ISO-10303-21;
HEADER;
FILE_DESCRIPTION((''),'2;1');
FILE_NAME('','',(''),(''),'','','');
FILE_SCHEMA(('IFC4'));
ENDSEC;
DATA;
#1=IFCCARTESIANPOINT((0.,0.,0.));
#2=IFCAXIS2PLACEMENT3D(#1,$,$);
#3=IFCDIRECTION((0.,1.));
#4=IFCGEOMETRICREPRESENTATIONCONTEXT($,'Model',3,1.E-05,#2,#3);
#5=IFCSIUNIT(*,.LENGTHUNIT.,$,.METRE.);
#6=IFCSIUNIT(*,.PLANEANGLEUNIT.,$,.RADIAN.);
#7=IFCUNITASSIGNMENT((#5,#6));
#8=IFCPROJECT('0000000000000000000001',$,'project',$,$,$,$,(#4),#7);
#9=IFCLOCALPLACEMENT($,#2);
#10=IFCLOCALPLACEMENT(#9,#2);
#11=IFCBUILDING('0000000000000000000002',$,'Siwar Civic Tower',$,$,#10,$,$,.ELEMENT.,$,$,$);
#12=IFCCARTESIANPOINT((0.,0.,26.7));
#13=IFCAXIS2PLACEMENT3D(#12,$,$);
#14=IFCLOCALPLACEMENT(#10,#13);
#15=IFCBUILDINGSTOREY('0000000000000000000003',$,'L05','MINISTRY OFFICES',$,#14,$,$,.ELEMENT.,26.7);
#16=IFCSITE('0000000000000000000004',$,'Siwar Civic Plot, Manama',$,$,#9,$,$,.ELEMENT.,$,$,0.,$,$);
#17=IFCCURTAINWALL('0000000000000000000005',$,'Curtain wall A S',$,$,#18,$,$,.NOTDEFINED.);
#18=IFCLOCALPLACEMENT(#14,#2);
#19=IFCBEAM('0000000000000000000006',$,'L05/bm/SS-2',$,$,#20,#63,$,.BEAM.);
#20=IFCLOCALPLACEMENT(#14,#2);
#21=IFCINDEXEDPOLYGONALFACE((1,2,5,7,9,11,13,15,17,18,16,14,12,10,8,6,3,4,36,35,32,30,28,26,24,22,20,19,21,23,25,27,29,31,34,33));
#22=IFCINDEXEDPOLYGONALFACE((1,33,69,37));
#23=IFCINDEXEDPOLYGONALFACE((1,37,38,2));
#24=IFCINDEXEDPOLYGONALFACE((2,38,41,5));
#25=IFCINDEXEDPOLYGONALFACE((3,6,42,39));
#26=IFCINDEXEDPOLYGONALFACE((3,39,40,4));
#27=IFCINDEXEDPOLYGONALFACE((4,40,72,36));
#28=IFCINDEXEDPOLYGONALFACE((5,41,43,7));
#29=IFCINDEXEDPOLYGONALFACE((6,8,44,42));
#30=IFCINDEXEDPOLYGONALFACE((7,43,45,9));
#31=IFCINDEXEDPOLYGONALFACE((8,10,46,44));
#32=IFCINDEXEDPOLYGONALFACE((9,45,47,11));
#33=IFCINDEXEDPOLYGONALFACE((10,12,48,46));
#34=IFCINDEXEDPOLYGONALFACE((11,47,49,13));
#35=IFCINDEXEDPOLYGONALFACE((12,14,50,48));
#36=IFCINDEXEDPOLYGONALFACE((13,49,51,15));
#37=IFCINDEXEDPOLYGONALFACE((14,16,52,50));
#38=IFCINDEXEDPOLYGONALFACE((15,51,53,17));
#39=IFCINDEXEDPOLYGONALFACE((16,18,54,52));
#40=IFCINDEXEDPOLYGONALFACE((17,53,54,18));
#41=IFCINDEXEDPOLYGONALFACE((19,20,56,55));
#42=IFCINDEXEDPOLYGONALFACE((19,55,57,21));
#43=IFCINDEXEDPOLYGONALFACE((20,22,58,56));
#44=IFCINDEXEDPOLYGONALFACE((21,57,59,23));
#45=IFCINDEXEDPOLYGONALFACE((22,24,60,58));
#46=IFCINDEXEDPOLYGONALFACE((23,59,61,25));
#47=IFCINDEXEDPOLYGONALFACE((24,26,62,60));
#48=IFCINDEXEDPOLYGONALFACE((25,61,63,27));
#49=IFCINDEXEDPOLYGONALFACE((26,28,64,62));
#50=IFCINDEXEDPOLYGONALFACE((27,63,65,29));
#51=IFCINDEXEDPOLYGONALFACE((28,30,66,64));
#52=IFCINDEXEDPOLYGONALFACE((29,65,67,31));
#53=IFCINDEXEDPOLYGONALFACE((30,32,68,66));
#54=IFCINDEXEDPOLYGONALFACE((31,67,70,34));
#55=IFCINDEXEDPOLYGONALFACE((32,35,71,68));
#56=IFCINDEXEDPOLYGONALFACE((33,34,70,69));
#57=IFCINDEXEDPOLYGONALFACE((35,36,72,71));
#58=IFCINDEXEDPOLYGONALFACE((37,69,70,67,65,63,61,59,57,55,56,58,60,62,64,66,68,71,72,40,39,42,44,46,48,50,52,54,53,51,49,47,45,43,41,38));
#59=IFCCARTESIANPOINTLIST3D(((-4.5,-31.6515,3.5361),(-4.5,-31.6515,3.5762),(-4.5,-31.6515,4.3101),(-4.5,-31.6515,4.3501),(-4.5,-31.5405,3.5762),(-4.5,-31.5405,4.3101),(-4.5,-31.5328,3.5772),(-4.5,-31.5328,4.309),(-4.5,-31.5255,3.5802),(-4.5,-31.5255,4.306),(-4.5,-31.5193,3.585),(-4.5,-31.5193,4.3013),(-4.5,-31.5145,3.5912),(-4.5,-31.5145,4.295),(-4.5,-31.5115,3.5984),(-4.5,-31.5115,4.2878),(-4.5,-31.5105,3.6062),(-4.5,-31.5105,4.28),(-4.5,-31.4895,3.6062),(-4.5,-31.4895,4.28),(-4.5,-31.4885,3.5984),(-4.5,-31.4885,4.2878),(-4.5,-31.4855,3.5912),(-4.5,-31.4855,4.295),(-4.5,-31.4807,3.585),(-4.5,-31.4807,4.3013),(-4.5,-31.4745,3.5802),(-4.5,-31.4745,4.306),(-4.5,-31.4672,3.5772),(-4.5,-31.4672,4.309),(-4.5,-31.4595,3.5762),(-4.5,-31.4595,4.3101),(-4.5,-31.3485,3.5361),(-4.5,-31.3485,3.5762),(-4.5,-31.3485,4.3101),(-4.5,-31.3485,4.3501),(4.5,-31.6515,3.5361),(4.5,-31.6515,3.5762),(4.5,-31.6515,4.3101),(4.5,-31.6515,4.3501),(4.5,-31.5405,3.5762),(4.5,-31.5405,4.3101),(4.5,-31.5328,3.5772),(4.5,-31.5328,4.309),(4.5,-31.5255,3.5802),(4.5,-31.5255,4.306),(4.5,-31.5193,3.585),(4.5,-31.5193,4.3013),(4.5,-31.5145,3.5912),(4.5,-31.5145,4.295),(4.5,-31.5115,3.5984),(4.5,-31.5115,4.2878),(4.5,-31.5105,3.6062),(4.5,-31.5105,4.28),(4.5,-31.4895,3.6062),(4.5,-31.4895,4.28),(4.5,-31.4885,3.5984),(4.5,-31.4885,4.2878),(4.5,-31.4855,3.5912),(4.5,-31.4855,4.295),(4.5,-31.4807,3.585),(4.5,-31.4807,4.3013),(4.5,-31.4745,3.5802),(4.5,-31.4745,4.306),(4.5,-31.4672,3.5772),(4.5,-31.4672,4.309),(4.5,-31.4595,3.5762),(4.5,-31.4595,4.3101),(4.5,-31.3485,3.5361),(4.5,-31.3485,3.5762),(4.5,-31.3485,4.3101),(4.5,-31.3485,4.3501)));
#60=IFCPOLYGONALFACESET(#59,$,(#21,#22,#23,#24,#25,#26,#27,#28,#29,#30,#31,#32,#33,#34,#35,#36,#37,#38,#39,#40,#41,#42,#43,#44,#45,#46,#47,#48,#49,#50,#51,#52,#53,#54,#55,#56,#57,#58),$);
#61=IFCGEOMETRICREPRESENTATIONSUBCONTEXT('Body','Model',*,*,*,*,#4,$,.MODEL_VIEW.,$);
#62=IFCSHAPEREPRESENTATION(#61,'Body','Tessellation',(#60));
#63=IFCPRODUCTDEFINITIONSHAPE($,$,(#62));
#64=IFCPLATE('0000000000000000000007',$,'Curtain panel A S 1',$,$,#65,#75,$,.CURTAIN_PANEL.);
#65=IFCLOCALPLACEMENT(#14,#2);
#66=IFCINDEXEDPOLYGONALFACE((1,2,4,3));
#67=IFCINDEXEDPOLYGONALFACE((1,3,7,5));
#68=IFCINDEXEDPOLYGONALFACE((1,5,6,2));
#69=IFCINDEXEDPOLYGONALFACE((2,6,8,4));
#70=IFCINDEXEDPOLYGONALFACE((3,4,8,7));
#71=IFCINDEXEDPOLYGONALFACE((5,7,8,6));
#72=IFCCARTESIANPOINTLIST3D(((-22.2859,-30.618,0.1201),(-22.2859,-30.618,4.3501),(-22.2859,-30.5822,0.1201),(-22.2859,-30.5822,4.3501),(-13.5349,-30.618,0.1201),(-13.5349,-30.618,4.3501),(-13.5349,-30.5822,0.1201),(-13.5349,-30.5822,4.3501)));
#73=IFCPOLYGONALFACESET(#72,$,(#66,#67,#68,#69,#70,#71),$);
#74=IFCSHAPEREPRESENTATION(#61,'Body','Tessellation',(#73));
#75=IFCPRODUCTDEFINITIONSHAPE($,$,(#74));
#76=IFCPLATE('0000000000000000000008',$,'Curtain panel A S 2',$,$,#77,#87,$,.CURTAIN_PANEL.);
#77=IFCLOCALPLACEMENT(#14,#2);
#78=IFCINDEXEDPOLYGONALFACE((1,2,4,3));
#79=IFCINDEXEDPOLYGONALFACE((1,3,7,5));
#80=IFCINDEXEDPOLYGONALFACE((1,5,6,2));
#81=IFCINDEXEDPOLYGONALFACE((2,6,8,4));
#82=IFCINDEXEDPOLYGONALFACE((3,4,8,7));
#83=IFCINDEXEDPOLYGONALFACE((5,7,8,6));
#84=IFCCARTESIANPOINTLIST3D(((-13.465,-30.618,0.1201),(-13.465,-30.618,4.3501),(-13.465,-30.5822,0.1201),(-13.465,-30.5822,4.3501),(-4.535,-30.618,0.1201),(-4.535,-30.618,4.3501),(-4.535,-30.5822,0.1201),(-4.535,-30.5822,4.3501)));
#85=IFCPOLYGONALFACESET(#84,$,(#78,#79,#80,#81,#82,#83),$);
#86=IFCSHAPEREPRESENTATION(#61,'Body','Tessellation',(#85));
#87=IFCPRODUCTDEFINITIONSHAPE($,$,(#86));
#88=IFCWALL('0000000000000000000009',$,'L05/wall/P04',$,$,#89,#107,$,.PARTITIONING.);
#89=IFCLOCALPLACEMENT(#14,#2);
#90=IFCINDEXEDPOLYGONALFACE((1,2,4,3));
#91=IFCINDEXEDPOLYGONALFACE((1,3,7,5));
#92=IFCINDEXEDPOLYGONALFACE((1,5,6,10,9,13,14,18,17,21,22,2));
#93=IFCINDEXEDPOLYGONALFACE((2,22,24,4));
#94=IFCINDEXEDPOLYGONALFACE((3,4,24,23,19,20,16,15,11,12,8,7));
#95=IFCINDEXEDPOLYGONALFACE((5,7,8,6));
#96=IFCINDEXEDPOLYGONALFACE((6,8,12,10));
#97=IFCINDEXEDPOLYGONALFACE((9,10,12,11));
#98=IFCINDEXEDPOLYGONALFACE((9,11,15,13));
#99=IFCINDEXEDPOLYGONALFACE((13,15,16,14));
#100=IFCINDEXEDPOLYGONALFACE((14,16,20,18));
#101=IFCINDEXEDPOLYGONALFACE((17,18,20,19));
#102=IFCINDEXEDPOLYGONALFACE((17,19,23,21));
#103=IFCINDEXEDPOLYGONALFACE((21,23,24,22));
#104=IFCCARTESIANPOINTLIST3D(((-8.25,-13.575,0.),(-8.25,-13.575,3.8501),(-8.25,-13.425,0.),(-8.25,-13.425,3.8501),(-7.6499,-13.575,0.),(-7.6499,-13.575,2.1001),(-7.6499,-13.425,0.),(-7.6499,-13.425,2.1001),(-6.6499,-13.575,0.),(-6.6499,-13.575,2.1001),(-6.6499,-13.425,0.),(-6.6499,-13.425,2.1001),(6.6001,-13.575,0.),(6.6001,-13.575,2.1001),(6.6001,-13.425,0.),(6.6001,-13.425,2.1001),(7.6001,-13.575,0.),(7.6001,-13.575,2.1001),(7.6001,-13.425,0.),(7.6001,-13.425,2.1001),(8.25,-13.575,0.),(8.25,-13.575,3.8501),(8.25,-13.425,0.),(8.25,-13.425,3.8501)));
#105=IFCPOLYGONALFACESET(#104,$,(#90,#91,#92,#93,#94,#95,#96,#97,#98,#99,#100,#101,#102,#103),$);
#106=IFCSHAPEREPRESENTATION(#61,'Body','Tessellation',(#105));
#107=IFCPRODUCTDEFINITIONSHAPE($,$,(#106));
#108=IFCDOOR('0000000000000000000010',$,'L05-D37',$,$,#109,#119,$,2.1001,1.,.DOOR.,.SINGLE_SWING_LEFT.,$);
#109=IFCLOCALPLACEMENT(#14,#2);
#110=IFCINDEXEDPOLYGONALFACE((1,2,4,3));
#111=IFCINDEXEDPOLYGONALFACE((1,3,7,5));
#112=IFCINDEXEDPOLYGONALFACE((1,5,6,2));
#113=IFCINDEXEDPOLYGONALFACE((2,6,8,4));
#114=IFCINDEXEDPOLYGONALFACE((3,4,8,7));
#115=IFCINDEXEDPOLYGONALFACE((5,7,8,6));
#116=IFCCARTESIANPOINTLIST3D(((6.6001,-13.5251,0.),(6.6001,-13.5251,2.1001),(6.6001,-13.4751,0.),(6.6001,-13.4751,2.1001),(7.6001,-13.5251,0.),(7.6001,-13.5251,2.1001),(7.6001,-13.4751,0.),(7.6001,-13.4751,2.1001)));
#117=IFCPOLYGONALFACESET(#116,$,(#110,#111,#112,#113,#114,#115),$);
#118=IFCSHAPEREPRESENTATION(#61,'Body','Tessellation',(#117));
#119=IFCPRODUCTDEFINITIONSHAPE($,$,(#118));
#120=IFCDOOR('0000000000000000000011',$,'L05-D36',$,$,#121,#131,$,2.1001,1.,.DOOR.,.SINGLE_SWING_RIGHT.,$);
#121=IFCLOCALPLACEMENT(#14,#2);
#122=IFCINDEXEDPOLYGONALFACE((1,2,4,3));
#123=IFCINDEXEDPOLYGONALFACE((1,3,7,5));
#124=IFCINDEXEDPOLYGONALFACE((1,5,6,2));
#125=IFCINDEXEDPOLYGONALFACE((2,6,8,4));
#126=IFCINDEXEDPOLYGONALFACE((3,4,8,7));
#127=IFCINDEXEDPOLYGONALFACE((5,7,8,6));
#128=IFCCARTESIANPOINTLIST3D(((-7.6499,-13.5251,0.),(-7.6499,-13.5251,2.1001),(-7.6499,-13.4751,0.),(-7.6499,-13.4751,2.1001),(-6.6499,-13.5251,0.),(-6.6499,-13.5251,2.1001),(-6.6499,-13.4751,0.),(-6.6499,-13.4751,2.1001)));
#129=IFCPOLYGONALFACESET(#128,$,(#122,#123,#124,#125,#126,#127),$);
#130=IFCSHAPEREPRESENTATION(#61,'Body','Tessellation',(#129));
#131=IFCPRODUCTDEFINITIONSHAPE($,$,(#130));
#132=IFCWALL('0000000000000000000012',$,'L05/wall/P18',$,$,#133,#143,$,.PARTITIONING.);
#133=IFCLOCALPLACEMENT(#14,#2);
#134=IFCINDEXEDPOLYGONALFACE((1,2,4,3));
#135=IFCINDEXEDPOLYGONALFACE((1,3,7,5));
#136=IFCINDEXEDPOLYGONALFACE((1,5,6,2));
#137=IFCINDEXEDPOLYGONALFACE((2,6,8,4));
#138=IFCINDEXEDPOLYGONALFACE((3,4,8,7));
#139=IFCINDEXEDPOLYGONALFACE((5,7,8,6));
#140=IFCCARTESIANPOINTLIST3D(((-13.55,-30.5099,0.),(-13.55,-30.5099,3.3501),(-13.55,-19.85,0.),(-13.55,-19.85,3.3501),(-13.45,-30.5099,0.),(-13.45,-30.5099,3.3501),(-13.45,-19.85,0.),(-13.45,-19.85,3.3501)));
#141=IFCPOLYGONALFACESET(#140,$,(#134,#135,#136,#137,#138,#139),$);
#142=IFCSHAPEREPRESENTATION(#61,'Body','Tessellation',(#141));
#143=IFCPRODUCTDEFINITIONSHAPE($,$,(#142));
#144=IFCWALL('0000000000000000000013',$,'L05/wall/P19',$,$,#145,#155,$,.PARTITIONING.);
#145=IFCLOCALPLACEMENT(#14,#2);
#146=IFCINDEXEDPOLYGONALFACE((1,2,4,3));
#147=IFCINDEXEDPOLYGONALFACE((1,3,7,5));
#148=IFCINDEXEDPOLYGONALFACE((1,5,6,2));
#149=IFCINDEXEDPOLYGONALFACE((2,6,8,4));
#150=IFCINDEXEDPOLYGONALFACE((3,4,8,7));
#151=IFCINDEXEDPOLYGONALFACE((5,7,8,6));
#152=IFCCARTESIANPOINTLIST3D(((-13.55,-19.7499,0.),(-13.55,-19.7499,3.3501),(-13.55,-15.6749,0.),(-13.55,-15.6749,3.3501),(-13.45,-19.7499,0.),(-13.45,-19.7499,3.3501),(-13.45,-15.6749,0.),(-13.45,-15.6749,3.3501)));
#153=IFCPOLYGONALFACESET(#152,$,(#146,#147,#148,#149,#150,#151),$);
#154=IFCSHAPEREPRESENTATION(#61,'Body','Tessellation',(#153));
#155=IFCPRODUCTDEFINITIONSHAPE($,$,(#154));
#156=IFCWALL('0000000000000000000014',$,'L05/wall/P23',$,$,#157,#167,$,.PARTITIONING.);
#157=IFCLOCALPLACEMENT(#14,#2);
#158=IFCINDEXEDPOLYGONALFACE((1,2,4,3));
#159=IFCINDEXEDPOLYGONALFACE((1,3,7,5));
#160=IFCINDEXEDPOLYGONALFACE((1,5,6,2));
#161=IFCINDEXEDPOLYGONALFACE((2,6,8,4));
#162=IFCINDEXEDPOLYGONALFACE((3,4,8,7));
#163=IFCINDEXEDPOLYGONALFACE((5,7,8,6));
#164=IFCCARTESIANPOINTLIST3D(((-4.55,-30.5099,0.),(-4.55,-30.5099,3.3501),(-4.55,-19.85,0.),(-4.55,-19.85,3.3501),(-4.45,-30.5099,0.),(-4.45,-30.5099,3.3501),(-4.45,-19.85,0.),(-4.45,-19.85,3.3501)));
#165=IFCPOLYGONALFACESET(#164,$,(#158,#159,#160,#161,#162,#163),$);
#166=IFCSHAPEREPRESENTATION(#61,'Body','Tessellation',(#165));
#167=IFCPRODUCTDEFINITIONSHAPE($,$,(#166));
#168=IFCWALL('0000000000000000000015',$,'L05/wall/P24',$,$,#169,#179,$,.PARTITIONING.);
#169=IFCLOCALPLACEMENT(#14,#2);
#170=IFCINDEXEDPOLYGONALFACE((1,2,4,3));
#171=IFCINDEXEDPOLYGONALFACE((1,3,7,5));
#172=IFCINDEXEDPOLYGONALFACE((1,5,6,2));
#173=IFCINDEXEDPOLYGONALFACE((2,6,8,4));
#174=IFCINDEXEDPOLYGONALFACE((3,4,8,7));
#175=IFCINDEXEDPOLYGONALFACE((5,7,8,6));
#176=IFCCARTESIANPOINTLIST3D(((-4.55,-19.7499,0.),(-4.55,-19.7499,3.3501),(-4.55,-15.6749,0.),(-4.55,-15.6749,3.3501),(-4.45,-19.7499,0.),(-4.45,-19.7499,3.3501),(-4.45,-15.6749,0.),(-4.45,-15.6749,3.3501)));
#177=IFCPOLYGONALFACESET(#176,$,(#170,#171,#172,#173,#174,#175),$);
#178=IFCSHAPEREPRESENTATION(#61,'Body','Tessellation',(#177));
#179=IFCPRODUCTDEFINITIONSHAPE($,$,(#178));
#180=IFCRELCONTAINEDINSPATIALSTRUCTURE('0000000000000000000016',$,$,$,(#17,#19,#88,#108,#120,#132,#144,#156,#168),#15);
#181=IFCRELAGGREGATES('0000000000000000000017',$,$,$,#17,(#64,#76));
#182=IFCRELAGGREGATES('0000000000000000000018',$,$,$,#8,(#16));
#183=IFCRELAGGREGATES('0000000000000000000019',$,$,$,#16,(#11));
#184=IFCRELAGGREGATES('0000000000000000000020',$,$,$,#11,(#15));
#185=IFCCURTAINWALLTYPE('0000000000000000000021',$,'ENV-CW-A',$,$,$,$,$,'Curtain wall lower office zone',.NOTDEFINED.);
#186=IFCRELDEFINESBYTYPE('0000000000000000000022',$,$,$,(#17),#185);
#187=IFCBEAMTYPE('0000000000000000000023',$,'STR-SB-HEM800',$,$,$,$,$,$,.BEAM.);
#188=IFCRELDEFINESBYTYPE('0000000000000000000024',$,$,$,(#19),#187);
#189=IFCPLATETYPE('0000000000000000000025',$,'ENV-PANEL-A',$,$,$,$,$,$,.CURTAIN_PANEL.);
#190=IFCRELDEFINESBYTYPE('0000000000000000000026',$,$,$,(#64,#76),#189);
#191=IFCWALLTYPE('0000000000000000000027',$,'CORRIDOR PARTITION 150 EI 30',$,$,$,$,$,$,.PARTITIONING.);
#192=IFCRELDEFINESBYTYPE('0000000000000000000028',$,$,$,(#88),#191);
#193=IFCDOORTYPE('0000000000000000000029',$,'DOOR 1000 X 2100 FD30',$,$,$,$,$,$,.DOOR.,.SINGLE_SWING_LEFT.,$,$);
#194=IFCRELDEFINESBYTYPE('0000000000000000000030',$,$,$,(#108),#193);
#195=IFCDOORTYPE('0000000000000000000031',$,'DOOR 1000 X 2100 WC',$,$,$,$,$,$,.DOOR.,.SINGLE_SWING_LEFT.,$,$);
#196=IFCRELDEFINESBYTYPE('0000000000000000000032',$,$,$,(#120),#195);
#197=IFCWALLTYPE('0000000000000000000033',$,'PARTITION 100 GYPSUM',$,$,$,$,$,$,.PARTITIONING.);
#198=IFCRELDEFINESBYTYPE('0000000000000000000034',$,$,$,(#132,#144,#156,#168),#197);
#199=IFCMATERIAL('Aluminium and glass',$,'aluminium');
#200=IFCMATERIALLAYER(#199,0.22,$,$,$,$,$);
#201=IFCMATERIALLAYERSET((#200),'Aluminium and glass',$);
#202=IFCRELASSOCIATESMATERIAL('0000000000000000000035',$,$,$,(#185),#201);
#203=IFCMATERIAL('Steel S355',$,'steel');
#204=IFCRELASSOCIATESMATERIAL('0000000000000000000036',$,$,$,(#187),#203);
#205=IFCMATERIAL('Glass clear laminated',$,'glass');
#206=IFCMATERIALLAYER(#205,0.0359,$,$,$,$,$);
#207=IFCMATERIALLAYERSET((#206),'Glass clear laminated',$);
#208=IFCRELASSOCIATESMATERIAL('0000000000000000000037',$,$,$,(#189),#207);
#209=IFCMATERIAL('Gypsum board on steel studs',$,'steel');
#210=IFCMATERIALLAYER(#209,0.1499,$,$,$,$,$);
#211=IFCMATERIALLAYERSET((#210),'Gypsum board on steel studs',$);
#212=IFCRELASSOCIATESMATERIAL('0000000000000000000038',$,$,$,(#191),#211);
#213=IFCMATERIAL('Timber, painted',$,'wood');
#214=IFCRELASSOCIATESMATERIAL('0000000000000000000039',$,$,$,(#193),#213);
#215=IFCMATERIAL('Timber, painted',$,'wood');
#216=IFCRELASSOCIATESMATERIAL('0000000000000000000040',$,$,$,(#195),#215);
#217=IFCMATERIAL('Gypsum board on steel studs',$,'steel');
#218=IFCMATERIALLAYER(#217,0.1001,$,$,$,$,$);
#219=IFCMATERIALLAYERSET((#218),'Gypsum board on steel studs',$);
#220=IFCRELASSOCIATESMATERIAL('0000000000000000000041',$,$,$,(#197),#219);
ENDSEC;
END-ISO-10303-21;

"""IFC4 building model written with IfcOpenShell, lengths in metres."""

from ifc_helpers import new_model, si_unit, direction, frame, frame_2d, origin, origin_2d, place, context, subcontext, project, spatial, rectangle, i_section, extrude, material, layer, layer_set, material_profile, profile_set, type_object, element, fill, aggregate, save


model = new_model("IFC4")

# Units and contexts
model_context = context("Model", 3, precision=1e-05, world=origin(), true_north=direction((0.0, 1.0)))
body_context = subcontext(model_context, "Body", "Model", "MODEL_VIEW")
ifc_project = project(units=[si_unit("LENGTHUNIT", "METRE"), si_unit("PLANEANGLEUNIT", "RADIAN")], contexts=[model_context])

# Site, building, storey
site_placement = place(None, origin())
site = spatial("IfcSite", under=ifc_project, at=site_placement, Name="Siwar Civic Plot, Manama", CompositionType="ELEMENT", RefElevation=0.0)
building_placement = place(site_placement, origin())
building = spatial("IfcBuilding", under=site, at=building_placement, Name="Siwar Civic Tower", CompositionType="ELEMENT")
storey_placement = place(building_placement, frame((0.0, 0.0, 26.7)))
storey = spatial("IfcBuildingStorey", under=building, at=storey_placement, Name="L05", Description="MINISTRY OFFICES", CompositionType="ELEMENT", Elevation=26.7)

# Curtain wall
ifc_material_1 = material(Name="Aluminium and glass", Category="aluminium")
ifc_layer_1 = layer(ifc_material_1, 0.22)
ifc_layer_set_1 = layer_set([ifc_layer_1], Name="Aluminium and glass")
curtain_wall_type = type_object("IfcCurtainWallType", Name="ENV-CW-A", ElementType="Curtain wall lower office zone", PredefinedType="NOTDEFINED", material=ifc_layer_set_1)
curtain_wall_placement = place(storey_placement, origin())
curtain_wall = element("IfcCurtainWall", 1, at=curtain_wall_placement, inside=storey, type_object=curtain_wall_type, Name="Curtain wall A S", PredefinedType="NOTDEFINED")

# Beam
ifc_material_2 = material(Name="Steel S355", Category="steel")
ifc_material_profile_1 = material_profile(ifc_material_2, i_section(OverallWidth=0.303, OverallDepth=0.814, WebThickness=0.021, FlangeThickness=0.04, FilletRadius=0.03, at=origin_2d()), Name="HEM800")
ifc_profile_set_1 = profile_set([ifc_material_profile_1], Name="Steel S355")
beam_type_1 = type_object("IfcBeamType", Name="STR-SB-HEM800", PredefinedType="BEAM", material=ifc_profile_set_1)
for number, where, z_axis, x_axis, name in (
    (2, (-4.5, -31.5, 3.9431), (1.0, 0.0, 0.0), (0.0, 1.0, 0.0), "L05/bm/SS-2"),
):
    element("IfcBeam", number, at=place(storey_placement, frame(where, z_axis=z_axis, x_axis=x_axis)), inside=storey, type_object=beam_type_1, Name=name, PredefinedType="BEAM", context=body_context, shape_type="SweptSolid", body=[
        extrude(i_section(OverallWidth=0.303, OverallDepth=0.814, WebThickness=0.021, FlangeThickness=0.04, FilletRadius=0.03, at=origin_2d()), origin(), (0.0, 0.0, 1.0), 9.0),
    ])

# Plates
ifc_material_3 = material(Name="Glass clear laminated", Category="glass")
ifc_layer_2 = layer(ifc_material_3, 0.0359)
ifc_layer_set_2 = layer_set([ifc_layer_2], Name="Glass clear laminated")
plate_type = type_object("IfcPlateType", Name="ENV-PANEL-A", PredefinedType="CURTAIN_PANEL", material=ifc_layer_set_2)
plate_1_placement = place(storey_placement, frame((-17.9104, -30.6001, 0.1201), z_axis=(0.0, 0.0, 1.0), x_axis=(1.0, 0.0, 0.0)))
plate_1 = element("IfcPlate", 3, at=plate_1_placement, type_object=plate_type, Name="Curtain panel A S 1", PredefinedType="CURTAIN_PANEL", context=body_context, shape_type="SweptSolid", body=[
    extrude(rectangle(XDim=8.751, YDim=0.0359, at=origin_2d()), origin(), (0.0, 0.0, 1.0), 4.23),
])
plate_2_placement = place(storey_placement, frame((-9.0, -30.6001, 0.1201), z_axis=(0.0, 0.0, 1.0), x_axis=(1.0, 0.0, 0.0)))
plate_2 = element("IfcPlate", 4, at=plate_2_placement, type_object=plate_type, Name="Curtain panel A S 2", PredefinedType="CURTAIN_PANEL", context=body_context, shape_type="SweptSolid", body=[
    extrude(rectangle(XDim=8.9299, YDim=0.0359, at=origin_2d()), origin(), (0.0, 0.0, 1.0), 4.23),
])
aggregate(curtain_wall, [plate_1, plate_2])

# Wall, openings, doors
ifc_material_4 = material(Name="Gypsum board on steel studs", Category="steel")
ifc_layer_3 = layer(ifc_material_4, 0.1499)
ifc_layer_set_3 = layer_set([ifc_layer_3], Name="Gypsum board on steel studs")
wall_type_1 = type_object("IfcWallType", Name="CORRIDOR PARTITION 150 EI 30", PredefinedType="PARTITIONING", material=ifc_layer_set_3)
wall_1_placement = place(storey_placement, frame((-8.25, -13.5, 0.0), z_axis=(0.0, 0.0, 1.0), x_axis=(1.0, 0.0, 0.0)))
wall_1 = element("IfcWall", 5, at=wall_1_placement, inside=storey, type_object=wall_type_1, Name="L05/wall/P04", PredefinedType="PARTITIONING", context=body_context, shape_type="SweptSolid", body=[
    extrude(rectangle(XDim=16.5, YDim=0.1499, at=frame_2d((8.25, 0.0))), origin(), (0.0, 0.0, 1.0), 3.8501),
])
opening_1_placement = place(wall_1_placement, frame((0.6001, 0.0, 0.0)))
opening_1 = element("IfcOpeningElement", 6, at=opening_1_placement, cuts=wall_1, PredefinedType="OPENING", context=body_context, shape_type="SweptSolid", body=[
    extrude(rectangle(XDim=1.0, YDim=2.1001, at=frame_2d((0.5, 1.05))), frame((0.0, 0.085, 0.0), z_axis=(0.0, -1.0, 0.0), x_axis=(1.0, 0.0, 0.0)), (0.0, 0.0, 1.0), 0.1699),
])
opening_2_placement = place(wall_1_placement, frame((14.8501, 0.0, 0.0)))
opening_2 = element("IfcOpeningElement", 7, at=opening_2_placement, cuts=wall_1, PredefinedType="OPENING", context=body_context, shape_type="SweptSolid", body=[
    extrude(rectangle(XDim=1.0, YDim=2.1001, at=frame_2d((0.5, 1.05))), frame((0.0, 0.085, 0.0), z_axis=(0.0, -1.0, 0.0), x_axis=(1.0, 0.0, 0.0)), (0.0, 0.0, 1.0), 0.1699),
])
ifc_material_5 = material(Name="Timber, painted", Category="wood")
door_type_1 = type_object("IfcDoorType", Name="DOOR 1000 X 2100 FD30", OperationType="SINGLE_SWING_LEFT", PredefinedType="DOOR", material=ifc_material_5)
door_1_placement = place(opening_2_placement, origin())
door_1 = element("IfcDoor", 8, at=door_1_placement, inside=storey, type_object=door_type_1, Name="L05-D37", OperationType="SINGLE_SWING_LEFT", OverallHeight=2.1001, OverallWidth=1.0, PredefinedType="DOOR", context=body_context, shape_type="SweptSolid", body=[
    extrude(rectangle(XDim=1.0, YDim=2.1001, at=frame_2d((0.5, 1.05))), frame((0.0, 0.0249, 0.0), z_axis=(0.0, -1.0, 0.0), x_axis=(1.0, 0.0, 0.0)), (0.0, 0.0, 1.0), 0.05),
])
fill(opening_2, door_1)
ifc_material_6 = material(Name="Timber, painted", Category="wood")
door_type_2 = type_object("IfcDoorType", Name="DOOR 1000 X 2100 WC", OperationType="SINGLE_SWING_LEFT", PredefinedType="DOOR", material=ifc_material_6)
door_2_placement = place(opening_1_placement, origin())
door_2 = element("IfcDoor", 9, at=door_2_placement, inside=storey, type_object=door_type_2, Name="L05-D36", OperationType="SINGLE_SWING_RIGHT", OverallHeight=2.1001, OverallWidth=1.0, PredefinedType="DOOR", context=body_context, shape_type="SweptSolid", body=[
    extrude(rectangle(XDim=1.0, YDim=2.1001, at=frame_2d((0.5, 1.05))), frame((0.0, 0.0249, 0.0), z_axis=(0.0, -1.0, 0.0), x_axis=(1.0, 0.0, 0.0)), (0.0, 0.0, 1.0), 0.05),
])
fill(opening_1, door_2)

# Walls
ifc_material_7 = material(Name="Gypsum board on steel studs", Category="steel")
ifc_layer_4 = layer(ifc_material_7, 0.1001)
ifc_layer_set_4 = layer_set([ifc_layer_4], Name="Gypsum board on steel studs")
wall_type_2 = type_object("IfcWallType", Name="PARTITION 100 GYPSUM", PredefinedType="PARTITIONING", material=ifc_layer_set_4)
wall_2_placement = place(storey_placement, frame((-13.5, -30.51, 0.0), z_axis=(0.0, 0.0, 1.0), x_axis=(0.0, 1.0, 0.0)))
element("IfcWall", 10, at=wall_2_placement, inside=storey, type_object=wall_type_2, Name="L05/wall/P18", PredefinedType="PARTITIONING", context=body_context, shape_type="SweptSolid", body=[
    extrude(rectangle(XDim=10.6599, YDim=0.1001, at=frame_2d((5.3301, 0.0))), origin(), (0.0, 0.0, 1.0), 3.3501),
])
wall_3_placement = place(storey_placement, frame((-13.5, -19.75, 0.0), z_axis=(0.0, 0.0, 1.0), x_axis=(0.0, 1.0, 0.0)))
element("IfcWall", 11, at=wall_3_placement, inside=storey, type_object=wall_type_2, Name="L05/wall/P19", PredefinedType="PARTITIONING", context=body_context, shape_type="SweptSolid", body=[
    extrude(rectangle(XDim=4.075, YDim=0.1001, at=frame_2d((2.0376, 0.0))), origin(), (0.0, 0.0, 1.0), 3.3501),
])
wall_4_placement = place(storey_placement, frame((-4.5, -30.51, 0.0), z_axis=(0.0, 0.0, 1.0), x_axis=(0.0, 1.0, 0.0)))
element("IfcWall", 12, at=wall_4_placement, inside=storey, type_object=wall_type_2, Name="L05/wall/P23", PredefinedType="PARTITIONING", context=body_context, shape_type="SweptSolid", body=[
    extrude(rectangle(XDim=10.6599, YDim=0.1001, at=frame_2d((5.3301, 0.0))), origin(), (0.0, 0.0, 1.0), 3.3501),
])
wall_5_placement = place(storey_placement, frame((-4.5, -19.75, 0.0), z_axis=(0.0, 0.0, 1.0), x_axis=(0.0, 1.0, 0.0)))
element("IfcWall", 13, at=wall_5_placement, inside=storey, type_object=wall_type_2, Name="L05/wall/P24", PredefinedType="PARTITIONING", context=body_context, shape_type="SweptSolid", body=[
    extrude(rectangle(XDim=4.075, YDim=0.1001, at=frame_2d((2.0376, 0.0))), origin(), (0.0, 0.0, 1.0), 3.3501),
])

save(model, "model.ifc")
